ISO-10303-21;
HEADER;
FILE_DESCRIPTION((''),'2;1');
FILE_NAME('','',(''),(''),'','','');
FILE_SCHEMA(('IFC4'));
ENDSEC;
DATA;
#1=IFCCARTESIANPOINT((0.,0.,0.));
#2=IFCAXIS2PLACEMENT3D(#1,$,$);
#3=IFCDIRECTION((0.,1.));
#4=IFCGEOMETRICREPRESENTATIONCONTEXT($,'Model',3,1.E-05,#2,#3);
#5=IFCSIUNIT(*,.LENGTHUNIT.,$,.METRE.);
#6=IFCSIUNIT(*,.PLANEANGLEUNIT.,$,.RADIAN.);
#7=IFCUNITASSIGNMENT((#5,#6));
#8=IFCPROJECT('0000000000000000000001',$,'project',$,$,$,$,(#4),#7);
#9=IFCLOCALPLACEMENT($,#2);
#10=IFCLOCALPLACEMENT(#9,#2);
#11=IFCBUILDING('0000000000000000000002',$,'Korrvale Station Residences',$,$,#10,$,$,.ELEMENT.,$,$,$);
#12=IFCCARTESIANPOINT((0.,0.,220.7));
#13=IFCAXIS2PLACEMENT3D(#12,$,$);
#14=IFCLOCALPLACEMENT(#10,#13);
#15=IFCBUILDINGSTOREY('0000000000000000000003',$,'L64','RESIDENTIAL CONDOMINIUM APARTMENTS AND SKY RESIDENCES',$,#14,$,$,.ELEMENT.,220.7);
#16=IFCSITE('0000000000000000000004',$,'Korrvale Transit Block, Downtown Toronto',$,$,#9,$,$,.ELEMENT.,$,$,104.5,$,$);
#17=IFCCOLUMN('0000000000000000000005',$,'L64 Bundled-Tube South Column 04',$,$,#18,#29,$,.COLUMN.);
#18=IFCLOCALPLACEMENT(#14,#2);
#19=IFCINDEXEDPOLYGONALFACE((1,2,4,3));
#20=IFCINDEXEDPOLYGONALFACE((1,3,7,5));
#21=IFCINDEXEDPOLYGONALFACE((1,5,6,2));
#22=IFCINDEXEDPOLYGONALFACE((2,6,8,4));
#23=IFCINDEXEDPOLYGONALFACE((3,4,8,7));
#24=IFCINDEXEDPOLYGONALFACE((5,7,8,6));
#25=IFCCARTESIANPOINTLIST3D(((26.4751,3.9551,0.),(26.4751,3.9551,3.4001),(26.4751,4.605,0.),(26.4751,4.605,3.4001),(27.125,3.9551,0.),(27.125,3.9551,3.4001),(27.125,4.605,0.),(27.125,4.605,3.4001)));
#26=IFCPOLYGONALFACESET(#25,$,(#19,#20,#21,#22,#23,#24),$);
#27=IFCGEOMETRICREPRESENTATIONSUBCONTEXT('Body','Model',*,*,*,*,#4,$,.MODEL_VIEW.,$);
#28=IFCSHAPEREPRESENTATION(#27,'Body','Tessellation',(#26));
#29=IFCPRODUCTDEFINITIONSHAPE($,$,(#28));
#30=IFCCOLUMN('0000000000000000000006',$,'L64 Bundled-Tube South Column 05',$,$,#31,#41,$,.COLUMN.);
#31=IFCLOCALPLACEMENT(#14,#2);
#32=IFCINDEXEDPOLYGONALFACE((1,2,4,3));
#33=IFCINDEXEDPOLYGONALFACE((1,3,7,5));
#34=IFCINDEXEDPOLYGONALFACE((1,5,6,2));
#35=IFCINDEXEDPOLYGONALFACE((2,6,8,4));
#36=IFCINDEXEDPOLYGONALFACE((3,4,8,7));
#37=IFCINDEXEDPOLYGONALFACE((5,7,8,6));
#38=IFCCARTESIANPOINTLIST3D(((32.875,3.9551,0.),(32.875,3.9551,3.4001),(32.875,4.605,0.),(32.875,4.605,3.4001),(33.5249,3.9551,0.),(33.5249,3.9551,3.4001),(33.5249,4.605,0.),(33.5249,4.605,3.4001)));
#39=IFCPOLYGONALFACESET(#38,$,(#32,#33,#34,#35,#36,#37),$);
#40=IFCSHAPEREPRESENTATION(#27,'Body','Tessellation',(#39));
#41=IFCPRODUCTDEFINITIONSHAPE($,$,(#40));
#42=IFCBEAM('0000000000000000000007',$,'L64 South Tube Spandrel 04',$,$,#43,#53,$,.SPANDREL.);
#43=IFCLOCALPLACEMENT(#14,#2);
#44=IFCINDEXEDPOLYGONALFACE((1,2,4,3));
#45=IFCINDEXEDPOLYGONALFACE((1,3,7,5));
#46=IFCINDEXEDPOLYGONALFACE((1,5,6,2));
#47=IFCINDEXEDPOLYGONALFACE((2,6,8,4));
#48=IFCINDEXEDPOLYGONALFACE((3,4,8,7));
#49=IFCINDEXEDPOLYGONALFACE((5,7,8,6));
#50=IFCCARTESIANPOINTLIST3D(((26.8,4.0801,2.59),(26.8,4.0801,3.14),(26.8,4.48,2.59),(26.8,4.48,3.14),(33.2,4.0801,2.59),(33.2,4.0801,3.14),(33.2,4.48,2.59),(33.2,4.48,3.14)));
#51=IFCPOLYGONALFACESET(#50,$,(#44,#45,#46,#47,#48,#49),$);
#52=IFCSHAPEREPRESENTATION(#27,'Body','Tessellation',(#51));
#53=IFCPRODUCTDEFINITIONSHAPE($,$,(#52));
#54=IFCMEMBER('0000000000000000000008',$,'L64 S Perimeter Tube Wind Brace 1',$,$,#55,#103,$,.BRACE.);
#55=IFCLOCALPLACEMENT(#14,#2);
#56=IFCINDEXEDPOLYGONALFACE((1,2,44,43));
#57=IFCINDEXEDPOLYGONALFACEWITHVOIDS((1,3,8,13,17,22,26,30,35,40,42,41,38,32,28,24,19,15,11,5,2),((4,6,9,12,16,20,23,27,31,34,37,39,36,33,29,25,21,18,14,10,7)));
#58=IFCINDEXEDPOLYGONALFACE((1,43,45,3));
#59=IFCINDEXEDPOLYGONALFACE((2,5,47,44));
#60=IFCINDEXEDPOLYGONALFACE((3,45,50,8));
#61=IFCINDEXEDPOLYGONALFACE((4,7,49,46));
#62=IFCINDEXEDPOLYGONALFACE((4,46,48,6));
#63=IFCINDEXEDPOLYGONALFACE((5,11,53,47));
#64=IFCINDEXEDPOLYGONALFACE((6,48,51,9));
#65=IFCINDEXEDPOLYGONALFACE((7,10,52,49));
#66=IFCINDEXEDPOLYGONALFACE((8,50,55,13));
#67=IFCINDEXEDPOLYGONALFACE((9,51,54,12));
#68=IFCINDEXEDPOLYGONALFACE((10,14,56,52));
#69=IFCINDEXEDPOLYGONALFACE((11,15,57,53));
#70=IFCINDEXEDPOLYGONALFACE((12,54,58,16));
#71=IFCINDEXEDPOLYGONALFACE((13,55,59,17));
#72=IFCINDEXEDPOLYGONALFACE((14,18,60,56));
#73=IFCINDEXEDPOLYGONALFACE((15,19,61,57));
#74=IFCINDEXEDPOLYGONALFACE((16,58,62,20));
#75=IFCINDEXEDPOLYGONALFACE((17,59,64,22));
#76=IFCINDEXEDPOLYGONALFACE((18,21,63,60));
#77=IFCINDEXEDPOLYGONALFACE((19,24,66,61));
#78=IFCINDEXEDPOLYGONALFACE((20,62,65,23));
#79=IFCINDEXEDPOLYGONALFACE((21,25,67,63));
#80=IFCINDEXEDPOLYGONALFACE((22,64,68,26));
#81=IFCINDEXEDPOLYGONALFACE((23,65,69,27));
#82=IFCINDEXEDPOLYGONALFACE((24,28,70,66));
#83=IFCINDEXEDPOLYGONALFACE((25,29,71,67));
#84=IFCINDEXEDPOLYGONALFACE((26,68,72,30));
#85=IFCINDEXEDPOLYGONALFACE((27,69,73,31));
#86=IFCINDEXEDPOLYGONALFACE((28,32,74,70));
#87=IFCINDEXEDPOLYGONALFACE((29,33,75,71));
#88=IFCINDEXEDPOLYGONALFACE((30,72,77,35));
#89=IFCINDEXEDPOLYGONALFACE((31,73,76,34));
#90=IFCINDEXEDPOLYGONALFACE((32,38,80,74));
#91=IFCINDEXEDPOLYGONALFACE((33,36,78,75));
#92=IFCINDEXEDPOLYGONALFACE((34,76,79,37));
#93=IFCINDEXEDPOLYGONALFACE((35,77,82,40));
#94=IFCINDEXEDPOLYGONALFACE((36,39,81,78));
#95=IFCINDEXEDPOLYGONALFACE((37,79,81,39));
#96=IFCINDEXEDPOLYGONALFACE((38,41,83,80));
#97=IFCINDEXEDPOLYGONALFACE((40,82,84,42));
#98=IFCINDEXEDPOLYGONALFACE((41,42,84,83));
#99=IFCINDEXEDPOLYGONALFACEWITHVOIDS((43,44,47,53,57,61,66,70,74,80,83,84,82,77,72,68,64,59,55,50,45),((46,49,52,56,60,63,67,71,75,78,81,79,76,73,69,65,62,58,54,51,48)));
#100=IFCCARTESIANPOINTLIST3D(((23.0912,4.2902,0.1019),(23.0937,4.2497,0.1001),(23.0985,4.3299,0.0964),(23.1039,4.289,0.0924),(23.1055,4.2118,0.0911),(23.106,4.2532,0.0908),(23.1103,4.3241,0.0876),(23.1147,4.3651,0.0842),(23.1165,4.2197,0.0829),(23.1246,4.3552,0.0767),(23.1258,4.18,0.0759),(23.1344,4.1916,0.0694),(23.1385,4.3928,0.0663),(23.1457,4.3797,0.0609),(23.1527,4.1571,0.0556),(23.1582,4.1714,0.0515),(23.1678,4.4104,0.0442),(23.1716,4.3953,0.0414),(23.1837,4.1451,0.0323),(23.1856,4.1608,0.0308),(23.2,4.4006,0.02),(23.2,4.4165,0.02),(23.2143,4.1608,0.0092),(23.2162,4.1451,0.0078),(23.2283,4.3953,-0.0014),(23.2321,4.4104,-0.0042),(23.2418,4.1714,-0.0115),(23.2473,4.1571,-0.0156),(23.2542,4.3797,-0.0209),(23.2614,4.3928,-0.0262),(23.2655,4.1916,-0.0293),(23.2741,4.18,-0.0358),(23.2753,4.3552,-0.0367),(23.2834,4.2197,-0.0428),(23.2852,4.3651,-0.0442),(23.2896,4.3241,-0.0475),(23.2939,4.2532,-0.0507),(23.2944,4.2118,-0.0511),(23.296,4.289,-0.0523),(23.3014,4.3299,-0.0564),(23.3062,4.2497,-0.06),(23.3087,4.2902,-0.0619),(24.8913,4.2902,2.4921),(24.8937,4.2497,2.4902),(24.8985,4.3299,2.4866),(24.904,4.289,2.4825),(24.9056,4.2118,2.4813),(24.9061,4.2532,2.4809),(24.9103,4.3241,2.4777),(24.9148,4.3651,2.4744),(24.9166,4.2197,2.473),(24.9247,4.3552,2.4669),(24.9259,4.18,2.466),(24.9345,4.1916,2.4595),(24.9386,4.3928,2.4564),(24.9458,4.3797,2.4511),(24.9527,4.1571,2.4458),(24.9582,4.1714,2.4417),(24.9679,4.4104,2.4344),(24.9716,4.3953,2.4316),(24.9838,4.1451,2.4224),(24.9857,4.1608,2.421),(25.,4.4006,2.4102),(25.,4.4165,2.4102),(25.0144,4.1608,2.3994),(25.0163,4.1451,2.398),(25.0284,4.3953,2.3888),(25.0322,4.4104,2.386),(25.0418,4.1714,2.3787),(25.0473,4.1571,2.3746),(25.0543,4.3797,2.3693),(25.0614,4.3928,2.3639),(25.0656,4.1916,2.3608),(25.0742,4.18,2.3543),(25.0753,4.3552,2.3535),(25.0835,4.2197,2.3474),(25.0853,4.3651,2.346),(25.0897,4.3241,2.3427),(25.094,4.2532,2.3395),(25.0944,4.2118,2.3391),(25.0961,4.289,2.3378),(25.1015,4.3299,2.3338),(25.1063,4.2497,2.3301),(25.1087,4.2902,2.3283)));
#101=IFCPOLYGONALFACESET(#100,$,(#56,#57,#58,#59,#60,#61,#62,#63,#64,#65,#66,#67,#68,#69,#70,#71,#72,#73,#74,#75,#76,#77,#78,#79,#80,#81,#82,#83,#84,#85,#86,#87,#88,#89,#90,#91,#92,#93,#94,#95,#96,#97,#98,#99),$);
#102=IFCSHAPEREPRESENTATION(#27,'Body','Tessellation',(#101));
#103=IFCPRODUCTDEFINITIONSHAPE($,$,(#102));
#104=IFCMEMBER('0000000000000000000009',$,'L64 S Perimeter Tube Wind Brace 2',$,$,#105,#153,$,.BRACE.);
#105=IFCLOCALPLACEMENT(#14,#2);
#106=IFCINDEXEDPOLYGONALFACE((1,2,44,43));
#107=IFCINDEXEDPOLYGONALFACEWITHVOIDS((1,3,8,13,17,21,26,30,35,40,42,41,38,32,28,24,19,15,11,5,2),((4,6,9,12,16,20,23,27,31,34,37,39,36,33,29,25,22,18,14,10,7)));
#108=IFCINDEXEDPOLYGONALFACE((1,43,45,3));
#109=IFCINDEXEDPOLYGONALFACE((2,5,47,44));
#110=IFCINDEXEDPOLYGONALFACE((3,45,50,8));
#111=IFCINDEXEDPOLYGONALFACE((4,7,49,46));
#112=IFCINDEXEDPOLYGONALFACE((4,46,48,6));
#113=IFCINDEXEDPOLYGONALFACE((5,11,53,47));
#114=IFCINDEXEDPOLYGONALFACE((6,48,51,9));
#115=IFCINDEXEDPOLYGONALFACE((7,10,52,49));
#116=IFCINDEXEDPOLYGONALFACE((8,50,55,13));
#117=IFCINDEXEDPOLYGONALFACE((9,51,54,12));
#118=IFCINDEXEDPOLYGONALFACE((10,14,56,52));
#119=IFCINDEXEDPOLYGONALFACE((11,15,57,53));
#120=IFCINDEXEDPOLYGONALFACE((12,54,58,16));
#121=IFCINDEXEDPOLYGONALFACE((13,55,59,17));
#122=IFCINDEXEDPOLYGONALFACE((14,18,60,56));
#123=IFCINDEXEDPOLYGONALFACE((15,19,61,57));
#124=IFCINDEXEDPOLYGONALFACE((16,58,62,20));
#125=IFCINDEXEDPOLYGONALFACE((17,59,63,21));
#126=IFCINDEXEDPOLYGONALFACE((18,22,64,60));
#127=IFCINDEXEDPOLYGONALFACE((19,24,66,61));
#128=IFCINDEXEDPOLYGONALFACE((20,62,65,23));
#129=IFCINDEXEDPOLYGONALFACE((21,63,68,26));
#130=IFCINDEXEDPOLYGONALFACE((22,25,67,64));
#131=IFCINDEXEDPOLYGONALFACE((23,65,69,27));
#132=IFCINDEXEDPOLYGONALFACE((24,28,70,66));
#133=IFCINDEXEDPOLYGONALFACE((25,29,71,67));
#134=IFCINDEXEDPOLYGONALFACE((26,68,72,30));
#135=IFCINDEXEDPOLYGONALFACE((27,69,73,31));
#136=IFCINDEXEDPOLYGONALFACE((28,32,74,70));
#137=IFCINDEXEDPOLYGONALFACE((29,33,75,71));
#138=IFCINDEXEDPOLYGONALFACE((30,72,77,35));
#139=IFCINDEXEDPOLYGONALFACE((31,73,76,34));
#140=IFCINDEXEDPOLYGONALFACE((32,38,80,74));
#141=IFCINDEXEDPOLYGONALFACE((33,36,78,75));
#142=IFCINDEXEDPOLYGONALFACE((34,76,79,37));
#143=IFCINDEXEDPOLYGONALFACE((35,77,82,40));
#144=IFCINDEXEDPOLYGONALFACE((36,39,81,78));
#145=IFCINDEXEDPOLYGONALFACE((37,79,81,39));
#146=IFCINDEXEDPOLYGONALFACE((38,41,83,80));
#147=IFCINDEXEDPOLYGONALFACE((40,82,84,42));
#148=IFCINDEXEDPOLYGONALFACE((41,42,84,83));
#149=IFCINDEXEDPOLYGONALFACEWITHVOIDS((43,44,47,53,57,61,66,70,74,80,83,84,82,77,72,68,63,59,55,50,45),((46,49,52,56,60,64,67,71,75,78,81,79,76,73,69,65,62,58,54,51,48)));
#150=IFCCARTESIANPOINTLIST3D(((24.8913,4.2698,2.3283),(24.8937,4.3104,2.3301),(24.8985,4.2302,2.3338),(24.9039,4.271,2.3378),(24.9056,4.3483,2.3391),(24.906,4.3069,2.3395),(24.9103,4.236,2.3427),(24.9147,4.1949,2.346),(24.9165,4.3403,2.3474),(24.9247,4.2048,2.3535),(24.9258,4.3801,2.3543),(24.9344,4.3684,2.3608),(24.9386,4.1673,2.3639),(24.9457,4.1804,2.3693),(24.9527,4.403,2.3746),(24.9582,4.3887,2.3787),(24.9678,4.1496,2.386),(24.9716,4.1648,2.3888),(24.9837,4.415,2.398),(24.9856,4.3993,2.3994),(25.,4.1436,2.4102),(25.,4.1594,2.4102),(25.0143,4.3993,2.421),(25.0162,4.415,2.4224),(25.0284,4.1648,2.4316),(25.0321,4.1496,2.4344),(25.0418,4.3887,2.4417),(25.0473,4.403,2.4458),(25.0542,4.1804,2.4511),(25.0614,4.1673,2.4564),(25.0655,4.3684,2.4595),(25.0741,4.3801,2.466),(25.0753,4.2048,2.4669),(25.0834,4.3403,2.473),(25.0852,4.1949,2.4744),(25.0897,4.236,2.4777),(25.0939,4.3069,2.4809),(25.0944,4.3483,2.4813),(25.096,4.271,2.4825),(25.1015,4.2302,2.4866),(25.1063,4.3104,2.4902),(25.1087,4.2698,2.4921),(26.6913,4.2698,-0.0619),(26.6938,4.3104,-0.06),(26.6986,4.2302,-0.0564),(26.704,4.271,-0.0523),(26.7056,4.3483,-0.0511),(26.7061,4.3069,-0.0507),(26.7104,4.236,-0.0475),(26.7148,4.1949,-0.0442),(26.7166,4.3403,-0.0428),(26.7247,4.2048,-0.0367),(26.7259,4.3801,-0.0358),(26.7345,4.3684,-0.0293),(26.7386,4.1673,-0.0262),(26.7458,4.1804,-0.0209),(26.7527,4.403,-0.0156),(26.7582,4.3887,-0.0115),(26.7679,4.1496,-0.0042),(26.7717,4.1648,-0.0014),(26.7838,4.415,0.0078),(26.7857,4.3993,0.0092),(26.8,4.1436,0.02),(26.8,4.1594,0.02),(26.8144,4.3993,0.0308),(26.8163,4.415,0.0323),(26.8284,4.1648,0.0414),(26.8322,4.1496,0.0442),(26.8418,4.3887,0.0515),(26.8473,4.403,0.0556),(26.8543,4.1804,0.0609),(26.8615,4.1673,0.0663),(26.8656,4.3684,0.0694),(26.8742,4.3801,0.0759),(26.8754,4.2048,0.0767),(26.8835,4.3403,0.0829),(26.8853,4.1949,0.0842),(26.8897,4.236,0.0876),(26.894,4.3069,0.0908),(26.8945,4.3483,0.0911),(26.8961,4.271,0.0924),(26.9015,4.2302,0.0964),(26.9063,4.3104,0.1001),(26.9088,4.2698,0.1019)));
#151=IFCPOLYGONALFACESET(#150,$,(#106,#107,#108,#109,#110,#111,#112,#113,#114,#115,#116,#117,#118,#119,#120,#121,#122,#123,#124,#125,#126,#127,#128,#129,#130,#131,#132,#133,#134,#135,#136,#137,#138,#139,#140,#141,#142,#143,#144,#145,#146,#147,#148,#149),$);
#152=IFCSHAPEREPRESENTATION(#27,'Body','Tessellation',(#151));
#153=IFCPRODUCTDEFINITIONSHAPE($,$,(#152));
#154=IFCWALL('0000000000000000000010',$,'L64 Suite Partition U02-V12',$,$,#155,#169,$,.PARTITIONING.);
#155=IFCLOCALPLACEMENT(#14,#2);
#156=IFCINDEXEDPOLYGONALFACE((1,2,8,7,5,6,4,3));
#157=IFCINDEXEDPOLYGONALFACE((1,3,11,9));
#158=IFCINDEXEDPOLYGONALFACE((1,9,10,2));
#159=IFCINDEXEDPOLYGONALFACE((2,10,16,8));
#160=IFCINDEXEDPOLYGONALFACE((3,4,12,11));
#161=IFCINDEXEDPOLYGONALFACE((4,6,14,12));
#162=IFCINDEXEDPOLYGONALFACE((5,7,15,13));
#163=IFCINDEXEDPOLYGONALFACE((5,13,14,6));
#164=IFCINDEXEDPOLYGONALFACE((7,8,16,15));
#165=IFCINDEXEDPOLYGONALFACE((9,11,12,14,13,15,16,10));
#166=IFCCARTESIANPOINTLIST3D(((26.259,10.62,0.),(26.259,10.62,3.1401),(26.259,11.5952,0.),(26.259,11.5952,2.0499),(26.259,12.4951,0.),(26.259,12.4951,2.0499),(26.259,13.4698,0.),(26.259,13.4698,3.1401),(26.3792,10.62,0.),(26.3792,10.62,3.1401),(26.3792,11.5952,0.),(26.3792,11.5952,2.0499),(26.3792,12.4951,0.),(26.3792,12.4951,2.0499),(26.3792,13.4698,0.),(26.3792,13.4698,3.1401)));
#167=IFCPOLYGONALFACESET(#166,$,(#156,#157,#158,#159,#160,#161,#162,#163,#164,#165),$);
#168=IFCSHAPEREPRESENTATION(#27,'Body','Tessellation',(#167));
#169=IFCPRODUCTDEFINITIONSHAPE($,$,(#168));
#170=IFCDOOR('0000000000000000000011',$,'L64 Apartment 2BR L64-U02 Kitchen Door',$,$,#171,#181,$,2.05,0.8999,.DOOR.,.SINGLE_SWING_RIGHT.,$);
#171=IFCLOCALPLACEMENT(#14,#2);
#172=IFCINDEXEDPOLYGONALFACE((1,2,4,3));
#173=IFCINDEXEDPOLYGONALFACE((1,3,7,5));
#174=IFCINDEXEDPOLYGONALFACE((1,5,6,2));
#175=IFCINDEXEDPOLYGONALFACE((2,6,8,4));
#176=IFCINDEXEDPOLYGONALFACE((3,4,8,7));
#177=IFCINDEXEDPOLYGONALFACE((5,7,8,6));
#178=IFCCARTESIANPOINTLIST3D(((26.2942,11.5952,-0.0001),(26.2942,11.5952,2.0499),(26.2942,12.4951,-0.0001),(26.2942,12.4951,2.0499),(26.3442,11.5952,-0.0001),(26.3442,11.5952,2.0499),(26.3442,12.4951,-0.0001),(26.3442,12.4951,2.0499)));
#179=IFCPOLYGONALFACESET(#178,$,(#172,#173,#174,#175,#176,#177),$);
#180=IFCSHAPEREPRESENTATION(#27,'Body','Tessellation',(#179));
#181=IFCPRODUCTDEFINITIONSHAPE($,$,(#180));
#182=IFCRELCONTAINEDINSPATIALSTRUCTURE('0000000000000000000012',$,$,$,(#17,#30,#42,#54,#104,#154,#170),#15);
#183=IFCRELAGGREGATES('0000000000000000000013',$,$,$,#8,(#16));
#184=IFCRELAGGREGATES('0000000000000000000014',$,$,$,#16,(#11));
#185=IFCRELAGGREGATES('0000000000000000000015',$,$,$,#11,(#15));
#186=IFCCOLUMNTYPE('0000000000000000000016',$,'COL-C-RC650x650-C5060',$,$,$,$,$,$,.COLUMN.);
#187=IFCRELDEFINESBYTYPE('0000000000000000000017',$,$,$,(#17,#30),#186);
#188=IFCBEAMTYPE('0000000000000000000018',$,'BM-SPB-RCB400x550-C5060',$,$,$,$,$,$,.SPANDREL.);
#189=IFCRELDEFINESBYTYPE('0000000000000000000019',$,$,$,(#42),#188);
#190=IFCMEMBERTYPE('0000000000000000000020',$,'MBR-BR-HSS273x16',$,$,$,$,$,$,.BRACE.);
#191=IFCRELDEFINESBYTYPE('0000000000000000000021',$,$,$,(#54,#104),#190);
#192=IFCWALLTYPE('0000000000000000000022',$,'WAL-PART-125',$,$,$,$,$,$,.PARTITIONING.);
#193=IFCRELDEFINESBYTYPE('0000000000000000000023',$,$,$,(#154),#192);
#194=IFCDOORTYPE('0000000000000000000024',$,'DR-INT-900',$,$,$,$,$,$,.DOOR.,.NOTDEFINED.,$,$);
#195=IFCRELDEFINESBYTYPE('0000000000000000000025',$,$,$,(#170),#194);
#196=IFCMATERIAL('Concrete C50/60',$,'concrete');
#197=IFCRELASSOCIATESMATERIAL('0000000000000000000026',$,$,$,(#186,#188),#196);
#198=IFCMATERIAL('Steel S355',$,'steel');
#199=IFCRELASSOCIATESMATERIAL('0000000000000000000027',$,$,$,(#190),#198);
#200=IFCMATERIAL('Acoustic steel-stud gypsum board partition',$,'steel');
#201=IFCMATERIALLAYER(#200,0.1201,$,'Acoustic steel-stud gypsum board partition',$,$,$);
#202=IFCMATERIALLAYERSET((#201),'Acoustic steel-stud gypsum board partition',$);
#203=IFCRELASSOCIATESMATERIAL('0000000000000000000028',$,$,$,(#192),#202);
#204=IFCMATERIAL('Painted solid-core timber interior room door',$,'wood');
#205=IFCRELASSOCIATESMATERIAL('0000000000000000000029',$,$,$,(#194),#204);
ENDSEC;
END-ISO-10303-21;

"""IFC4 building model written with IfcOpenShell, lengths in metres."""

from ifc_helpers import new_model, si_unit, direction, frame, frame_2d, origin, origin_2d, place, context, subcontext, project, spatial, rectangle, hollow_circle, extrude, material, layer, layer_set, material_profile, profile_set, type_object, element, fill, save


model = new_model("IFC4")

# Units and contexts
model_context = context("Model", 3, precision=1e-05, world=origin(), true_north=direction((0.0, 1.0)))
body_context = subcontext(model_context, "Body", "Model", "MODEL_VIEW")
ifc_project = project(units=[si_unit("LENGTHUNIT", "METRE"), si_unit("PLANEANGLEUNIT", "RADIAN")], contexts=[model_context])

# Site, building, storey
site_placement = place(None, origin())
site = spatial("IfcSite", under=ifc_project, at=site_placement, Name="Korrvale Transit Block, Downtown Toronto", CompositionType="ELEMENT", RefElevation=104.5)
building_placement = place(site_placement, origin())
building = spatial("IfcBuilding", under=site, at=building_placement, Name="Korrvale Station Residences", CompositionType="ELEMENT")
storey_placement = place(building_placement, frame((0.0, 0.0, 220.7)))
storey = spatial("IfcBuildingStorey", under=building, at=storey_placement, Name="L64", Description="RESIDENTIAL CONDOMINIUM APARTMENTS AND SKY RESIDENCES", CompositionType="ELEMENT", Elevation=220.7)

# Columns
ifc_material_1 = material(Name="Concrete C50/60", Category="concrete")
ifc_material_profile_1 = material_profile(ifc_material_1, rectangle(XDim=0.6499, YDim=0.6499, at=origin_2d()), Name="RC650x650")
ifc_profile_set_1 = profile_set([ifc_material_profile_1], Name="Concrete C50/60")
column_type = type_object("IfcColumnType", Name="COL-C-RC650x650-C5060", PredefinedType="COLUMN", material=ifc_profile_set_1)
for number, where, z_axis, x_axis, name in (
    (1, (26.8, 4.28, 0.0), (0.0, 0.0, 1.0), (1.0, 0.0, 0.0), "L64 Bundled-Tube South Column 04"),
    (2, (33.2, 4.28, 0.0), (0.0, 0.0, 1.0), (1.0, 0.0, 0.0), "L64 Bundled-Tube South Column 05"),
):
    element("IfcColumn", number, at=place(storey_placement, frame(where, z_axis=z_axis, x_axis=x_axis)), inside=storey, type_object=column_type, Name=name, PredefinedType="COLUMN", context=body_context, shape_type="SweptSolid", body=[
        extrude(rectangle(XDim=0.6499, YDim=0.6499, at=origin_2d()), origin(), (0.0, 0.0, 1.0), 3.4001),
    ])

# Beam
ifc_material_profile_2 = material_profile(ifc_material_1, rectangle(XDim=0.3999, YDim=0.55, at=origin_2d()), Name="RCB400x550")
ifc_profile_set_2 = profile_set([ifc_material_profile_2], Name="Concrete C50/60")
beam_type = type_object("IfcBeamType", Name="BM-SPB-RCB400x550-C5060", PredefinedType="SPANDREL", material=ifc_profile_set_2)
beam_placement = place(storey_placement, frame((26.8, 4.28, 2.865), z_axis=(1.0, 0.0, 0.0), x_axis=(0.0, 1.0, 0.0)))
element("IfcBeam", 3, at=beam_placement, inside=storey, type_object=beam_type, Name="L64 South Tube Spandrel 04", PredefinedType="SPANDREL", context=body_context, shape_type="SweptSolid", body=[
    extrude(rectangle(XDim=0.3999, YDim=0.55, at=origin_2d()), origin(), (0.0, 0.0, 1.0), 6.3999),
])

# Members
ifc_material_2 = material(Name="Steel S355", Category="steel")
ifc_material_profile_3 = material_profile(ifc_material_2, hollow_circle(Radius=0.1365, WallThickness=0.0159, at=origin_2d()), Name="HSS273x16")
ifc_profile_set_3 = profile_set([ifc_material_profile_3], Name="Steel S355")
member_type = type_object("IfcMemberType", Name="MBR-BR-HSS273x16", PredefinedType="BRACE", material=ifc_profile_set_3)
for number, where, z_axis, x_axis, name in (
    (4, (23.2, 4.28, 0.02), (0.601592, 0.0, 0.798804), (0.0, 1.0, 0.0), "L64 S Perimeter Tube Wind Brace 1"),
    (5, (26.8, 4.28, 0.02), (-0.601592, 0.0, 0.798804), (0.0, -1.0, 0.0), "L64 S Perimeter Tube Wind Brace 2"),
):
    element("IfcMember", number, at=place(storey_placement, frame(where, z_axis=z_axis, x_axis=x_axis)), inside=storey, type_object=member_type, Name=name, PredefinedType="BRACE", context=body_context, shape_type="SweptSolid", body=[
        extrude(hollow_circle(Radius=0.1365, WallThickness=0.0159, at=origin_2d()), origin(), (0.0, 0.0, 1.0), 2.9922),
    ])

# Wall, opening, door
ifc_material_3 = material(Name="Acoustic steel-stud gypsum board partition", Category="steel")
ifc_layer_1 = layer(ifc_material_3, 0.1201, Name="Acoustic steel-stud gypsum board partition")
ifc_layer_set_1 = layer_set([ifc_layer_1], Name="Acoustic steel-stud gypsum board partition")
wall_type = type_object("IfcWallType", Name="WAL-PART-125", PredefinedType="PARTITIONING", material=ifc_layer_set_1)
wall_1_placement = place(storey_placement, frame((26.3191, 10.6201, 0.0), z_axis=(0.0, 0.0, 1.0), x_axis=(0.0, 1.0, 0.0)))
wall_1 = element("IfcWall", 6, at=wall_1_placement, inside=storey, type_object=wall_type, Name="L64 Suite Partition U02-V12", PredefinedType="PARTITIONING", context=body_context, shape_type="SweptSolid", body=[
    extrude(rectangle(XDim=2.8499, YDim=0.1201, at=frame_2d((1.4248, 0.0))), origin(), (0.0, 0.0, 1.0), 3.1401),
])
opening_1_placement = place(wall_1_placement, frame((0.9751, 0.0, 0.0)))
opening_1 = element("IfcOpeningElement", 7, at=opening_1_placement, cuts=wall_1, PredefinedType="OPENING", context=body_context, shape_type="SweptSolid", body=[
    extrude(rectangle(XDim=0.8999, YDim=2.05, at=frame_2d((0.45, 1.0249))), frame((0.0, 0.0701, 0.0), z_axis=(0.0, -1.0, 0.0), x_axis=(1.0, 0.0, 0.0)), (0.0, 0.0, 1.0), 0.1401),
])
ifc_material_4 = material(Name="Painted solid-core timber interior room door", Category="wood")
door_type = type_object("IfcDoorType", Name="DR-INT-900", OperationType="NOTDEFINED", PredefinedType="DOOR", material=ifc_material_4)
door_1_placement = place(opening_1_placement, origin())
door_1 = element("IfcDoor", 8, at=door_1_placement, inside=storey, type_object=door_type, Name="L64 Apartment 2BR L64-U02 Kitchen Door", OperationType="SINGLE_SWING_RIGHT", OverallHeight=2.05, OverallWidth=0.8999, PredefinedType="DOOR", context=body_context, shape_type="SweptSolid", body=[
    extrude(rectangle(XDim=0.8999, YDim=2.05, at=frame_2d((0.45, 1.0249))), frame((0.0, 0.0249, 0.0), z_axis=(0.0, -1.0, 0.0), x_axis=(1.0, 0.0, 0.0)), (0.0, 0.0, 1.0), 0.05),
])
fill(opening_1, door_1)

save(model, "model.ifc")
